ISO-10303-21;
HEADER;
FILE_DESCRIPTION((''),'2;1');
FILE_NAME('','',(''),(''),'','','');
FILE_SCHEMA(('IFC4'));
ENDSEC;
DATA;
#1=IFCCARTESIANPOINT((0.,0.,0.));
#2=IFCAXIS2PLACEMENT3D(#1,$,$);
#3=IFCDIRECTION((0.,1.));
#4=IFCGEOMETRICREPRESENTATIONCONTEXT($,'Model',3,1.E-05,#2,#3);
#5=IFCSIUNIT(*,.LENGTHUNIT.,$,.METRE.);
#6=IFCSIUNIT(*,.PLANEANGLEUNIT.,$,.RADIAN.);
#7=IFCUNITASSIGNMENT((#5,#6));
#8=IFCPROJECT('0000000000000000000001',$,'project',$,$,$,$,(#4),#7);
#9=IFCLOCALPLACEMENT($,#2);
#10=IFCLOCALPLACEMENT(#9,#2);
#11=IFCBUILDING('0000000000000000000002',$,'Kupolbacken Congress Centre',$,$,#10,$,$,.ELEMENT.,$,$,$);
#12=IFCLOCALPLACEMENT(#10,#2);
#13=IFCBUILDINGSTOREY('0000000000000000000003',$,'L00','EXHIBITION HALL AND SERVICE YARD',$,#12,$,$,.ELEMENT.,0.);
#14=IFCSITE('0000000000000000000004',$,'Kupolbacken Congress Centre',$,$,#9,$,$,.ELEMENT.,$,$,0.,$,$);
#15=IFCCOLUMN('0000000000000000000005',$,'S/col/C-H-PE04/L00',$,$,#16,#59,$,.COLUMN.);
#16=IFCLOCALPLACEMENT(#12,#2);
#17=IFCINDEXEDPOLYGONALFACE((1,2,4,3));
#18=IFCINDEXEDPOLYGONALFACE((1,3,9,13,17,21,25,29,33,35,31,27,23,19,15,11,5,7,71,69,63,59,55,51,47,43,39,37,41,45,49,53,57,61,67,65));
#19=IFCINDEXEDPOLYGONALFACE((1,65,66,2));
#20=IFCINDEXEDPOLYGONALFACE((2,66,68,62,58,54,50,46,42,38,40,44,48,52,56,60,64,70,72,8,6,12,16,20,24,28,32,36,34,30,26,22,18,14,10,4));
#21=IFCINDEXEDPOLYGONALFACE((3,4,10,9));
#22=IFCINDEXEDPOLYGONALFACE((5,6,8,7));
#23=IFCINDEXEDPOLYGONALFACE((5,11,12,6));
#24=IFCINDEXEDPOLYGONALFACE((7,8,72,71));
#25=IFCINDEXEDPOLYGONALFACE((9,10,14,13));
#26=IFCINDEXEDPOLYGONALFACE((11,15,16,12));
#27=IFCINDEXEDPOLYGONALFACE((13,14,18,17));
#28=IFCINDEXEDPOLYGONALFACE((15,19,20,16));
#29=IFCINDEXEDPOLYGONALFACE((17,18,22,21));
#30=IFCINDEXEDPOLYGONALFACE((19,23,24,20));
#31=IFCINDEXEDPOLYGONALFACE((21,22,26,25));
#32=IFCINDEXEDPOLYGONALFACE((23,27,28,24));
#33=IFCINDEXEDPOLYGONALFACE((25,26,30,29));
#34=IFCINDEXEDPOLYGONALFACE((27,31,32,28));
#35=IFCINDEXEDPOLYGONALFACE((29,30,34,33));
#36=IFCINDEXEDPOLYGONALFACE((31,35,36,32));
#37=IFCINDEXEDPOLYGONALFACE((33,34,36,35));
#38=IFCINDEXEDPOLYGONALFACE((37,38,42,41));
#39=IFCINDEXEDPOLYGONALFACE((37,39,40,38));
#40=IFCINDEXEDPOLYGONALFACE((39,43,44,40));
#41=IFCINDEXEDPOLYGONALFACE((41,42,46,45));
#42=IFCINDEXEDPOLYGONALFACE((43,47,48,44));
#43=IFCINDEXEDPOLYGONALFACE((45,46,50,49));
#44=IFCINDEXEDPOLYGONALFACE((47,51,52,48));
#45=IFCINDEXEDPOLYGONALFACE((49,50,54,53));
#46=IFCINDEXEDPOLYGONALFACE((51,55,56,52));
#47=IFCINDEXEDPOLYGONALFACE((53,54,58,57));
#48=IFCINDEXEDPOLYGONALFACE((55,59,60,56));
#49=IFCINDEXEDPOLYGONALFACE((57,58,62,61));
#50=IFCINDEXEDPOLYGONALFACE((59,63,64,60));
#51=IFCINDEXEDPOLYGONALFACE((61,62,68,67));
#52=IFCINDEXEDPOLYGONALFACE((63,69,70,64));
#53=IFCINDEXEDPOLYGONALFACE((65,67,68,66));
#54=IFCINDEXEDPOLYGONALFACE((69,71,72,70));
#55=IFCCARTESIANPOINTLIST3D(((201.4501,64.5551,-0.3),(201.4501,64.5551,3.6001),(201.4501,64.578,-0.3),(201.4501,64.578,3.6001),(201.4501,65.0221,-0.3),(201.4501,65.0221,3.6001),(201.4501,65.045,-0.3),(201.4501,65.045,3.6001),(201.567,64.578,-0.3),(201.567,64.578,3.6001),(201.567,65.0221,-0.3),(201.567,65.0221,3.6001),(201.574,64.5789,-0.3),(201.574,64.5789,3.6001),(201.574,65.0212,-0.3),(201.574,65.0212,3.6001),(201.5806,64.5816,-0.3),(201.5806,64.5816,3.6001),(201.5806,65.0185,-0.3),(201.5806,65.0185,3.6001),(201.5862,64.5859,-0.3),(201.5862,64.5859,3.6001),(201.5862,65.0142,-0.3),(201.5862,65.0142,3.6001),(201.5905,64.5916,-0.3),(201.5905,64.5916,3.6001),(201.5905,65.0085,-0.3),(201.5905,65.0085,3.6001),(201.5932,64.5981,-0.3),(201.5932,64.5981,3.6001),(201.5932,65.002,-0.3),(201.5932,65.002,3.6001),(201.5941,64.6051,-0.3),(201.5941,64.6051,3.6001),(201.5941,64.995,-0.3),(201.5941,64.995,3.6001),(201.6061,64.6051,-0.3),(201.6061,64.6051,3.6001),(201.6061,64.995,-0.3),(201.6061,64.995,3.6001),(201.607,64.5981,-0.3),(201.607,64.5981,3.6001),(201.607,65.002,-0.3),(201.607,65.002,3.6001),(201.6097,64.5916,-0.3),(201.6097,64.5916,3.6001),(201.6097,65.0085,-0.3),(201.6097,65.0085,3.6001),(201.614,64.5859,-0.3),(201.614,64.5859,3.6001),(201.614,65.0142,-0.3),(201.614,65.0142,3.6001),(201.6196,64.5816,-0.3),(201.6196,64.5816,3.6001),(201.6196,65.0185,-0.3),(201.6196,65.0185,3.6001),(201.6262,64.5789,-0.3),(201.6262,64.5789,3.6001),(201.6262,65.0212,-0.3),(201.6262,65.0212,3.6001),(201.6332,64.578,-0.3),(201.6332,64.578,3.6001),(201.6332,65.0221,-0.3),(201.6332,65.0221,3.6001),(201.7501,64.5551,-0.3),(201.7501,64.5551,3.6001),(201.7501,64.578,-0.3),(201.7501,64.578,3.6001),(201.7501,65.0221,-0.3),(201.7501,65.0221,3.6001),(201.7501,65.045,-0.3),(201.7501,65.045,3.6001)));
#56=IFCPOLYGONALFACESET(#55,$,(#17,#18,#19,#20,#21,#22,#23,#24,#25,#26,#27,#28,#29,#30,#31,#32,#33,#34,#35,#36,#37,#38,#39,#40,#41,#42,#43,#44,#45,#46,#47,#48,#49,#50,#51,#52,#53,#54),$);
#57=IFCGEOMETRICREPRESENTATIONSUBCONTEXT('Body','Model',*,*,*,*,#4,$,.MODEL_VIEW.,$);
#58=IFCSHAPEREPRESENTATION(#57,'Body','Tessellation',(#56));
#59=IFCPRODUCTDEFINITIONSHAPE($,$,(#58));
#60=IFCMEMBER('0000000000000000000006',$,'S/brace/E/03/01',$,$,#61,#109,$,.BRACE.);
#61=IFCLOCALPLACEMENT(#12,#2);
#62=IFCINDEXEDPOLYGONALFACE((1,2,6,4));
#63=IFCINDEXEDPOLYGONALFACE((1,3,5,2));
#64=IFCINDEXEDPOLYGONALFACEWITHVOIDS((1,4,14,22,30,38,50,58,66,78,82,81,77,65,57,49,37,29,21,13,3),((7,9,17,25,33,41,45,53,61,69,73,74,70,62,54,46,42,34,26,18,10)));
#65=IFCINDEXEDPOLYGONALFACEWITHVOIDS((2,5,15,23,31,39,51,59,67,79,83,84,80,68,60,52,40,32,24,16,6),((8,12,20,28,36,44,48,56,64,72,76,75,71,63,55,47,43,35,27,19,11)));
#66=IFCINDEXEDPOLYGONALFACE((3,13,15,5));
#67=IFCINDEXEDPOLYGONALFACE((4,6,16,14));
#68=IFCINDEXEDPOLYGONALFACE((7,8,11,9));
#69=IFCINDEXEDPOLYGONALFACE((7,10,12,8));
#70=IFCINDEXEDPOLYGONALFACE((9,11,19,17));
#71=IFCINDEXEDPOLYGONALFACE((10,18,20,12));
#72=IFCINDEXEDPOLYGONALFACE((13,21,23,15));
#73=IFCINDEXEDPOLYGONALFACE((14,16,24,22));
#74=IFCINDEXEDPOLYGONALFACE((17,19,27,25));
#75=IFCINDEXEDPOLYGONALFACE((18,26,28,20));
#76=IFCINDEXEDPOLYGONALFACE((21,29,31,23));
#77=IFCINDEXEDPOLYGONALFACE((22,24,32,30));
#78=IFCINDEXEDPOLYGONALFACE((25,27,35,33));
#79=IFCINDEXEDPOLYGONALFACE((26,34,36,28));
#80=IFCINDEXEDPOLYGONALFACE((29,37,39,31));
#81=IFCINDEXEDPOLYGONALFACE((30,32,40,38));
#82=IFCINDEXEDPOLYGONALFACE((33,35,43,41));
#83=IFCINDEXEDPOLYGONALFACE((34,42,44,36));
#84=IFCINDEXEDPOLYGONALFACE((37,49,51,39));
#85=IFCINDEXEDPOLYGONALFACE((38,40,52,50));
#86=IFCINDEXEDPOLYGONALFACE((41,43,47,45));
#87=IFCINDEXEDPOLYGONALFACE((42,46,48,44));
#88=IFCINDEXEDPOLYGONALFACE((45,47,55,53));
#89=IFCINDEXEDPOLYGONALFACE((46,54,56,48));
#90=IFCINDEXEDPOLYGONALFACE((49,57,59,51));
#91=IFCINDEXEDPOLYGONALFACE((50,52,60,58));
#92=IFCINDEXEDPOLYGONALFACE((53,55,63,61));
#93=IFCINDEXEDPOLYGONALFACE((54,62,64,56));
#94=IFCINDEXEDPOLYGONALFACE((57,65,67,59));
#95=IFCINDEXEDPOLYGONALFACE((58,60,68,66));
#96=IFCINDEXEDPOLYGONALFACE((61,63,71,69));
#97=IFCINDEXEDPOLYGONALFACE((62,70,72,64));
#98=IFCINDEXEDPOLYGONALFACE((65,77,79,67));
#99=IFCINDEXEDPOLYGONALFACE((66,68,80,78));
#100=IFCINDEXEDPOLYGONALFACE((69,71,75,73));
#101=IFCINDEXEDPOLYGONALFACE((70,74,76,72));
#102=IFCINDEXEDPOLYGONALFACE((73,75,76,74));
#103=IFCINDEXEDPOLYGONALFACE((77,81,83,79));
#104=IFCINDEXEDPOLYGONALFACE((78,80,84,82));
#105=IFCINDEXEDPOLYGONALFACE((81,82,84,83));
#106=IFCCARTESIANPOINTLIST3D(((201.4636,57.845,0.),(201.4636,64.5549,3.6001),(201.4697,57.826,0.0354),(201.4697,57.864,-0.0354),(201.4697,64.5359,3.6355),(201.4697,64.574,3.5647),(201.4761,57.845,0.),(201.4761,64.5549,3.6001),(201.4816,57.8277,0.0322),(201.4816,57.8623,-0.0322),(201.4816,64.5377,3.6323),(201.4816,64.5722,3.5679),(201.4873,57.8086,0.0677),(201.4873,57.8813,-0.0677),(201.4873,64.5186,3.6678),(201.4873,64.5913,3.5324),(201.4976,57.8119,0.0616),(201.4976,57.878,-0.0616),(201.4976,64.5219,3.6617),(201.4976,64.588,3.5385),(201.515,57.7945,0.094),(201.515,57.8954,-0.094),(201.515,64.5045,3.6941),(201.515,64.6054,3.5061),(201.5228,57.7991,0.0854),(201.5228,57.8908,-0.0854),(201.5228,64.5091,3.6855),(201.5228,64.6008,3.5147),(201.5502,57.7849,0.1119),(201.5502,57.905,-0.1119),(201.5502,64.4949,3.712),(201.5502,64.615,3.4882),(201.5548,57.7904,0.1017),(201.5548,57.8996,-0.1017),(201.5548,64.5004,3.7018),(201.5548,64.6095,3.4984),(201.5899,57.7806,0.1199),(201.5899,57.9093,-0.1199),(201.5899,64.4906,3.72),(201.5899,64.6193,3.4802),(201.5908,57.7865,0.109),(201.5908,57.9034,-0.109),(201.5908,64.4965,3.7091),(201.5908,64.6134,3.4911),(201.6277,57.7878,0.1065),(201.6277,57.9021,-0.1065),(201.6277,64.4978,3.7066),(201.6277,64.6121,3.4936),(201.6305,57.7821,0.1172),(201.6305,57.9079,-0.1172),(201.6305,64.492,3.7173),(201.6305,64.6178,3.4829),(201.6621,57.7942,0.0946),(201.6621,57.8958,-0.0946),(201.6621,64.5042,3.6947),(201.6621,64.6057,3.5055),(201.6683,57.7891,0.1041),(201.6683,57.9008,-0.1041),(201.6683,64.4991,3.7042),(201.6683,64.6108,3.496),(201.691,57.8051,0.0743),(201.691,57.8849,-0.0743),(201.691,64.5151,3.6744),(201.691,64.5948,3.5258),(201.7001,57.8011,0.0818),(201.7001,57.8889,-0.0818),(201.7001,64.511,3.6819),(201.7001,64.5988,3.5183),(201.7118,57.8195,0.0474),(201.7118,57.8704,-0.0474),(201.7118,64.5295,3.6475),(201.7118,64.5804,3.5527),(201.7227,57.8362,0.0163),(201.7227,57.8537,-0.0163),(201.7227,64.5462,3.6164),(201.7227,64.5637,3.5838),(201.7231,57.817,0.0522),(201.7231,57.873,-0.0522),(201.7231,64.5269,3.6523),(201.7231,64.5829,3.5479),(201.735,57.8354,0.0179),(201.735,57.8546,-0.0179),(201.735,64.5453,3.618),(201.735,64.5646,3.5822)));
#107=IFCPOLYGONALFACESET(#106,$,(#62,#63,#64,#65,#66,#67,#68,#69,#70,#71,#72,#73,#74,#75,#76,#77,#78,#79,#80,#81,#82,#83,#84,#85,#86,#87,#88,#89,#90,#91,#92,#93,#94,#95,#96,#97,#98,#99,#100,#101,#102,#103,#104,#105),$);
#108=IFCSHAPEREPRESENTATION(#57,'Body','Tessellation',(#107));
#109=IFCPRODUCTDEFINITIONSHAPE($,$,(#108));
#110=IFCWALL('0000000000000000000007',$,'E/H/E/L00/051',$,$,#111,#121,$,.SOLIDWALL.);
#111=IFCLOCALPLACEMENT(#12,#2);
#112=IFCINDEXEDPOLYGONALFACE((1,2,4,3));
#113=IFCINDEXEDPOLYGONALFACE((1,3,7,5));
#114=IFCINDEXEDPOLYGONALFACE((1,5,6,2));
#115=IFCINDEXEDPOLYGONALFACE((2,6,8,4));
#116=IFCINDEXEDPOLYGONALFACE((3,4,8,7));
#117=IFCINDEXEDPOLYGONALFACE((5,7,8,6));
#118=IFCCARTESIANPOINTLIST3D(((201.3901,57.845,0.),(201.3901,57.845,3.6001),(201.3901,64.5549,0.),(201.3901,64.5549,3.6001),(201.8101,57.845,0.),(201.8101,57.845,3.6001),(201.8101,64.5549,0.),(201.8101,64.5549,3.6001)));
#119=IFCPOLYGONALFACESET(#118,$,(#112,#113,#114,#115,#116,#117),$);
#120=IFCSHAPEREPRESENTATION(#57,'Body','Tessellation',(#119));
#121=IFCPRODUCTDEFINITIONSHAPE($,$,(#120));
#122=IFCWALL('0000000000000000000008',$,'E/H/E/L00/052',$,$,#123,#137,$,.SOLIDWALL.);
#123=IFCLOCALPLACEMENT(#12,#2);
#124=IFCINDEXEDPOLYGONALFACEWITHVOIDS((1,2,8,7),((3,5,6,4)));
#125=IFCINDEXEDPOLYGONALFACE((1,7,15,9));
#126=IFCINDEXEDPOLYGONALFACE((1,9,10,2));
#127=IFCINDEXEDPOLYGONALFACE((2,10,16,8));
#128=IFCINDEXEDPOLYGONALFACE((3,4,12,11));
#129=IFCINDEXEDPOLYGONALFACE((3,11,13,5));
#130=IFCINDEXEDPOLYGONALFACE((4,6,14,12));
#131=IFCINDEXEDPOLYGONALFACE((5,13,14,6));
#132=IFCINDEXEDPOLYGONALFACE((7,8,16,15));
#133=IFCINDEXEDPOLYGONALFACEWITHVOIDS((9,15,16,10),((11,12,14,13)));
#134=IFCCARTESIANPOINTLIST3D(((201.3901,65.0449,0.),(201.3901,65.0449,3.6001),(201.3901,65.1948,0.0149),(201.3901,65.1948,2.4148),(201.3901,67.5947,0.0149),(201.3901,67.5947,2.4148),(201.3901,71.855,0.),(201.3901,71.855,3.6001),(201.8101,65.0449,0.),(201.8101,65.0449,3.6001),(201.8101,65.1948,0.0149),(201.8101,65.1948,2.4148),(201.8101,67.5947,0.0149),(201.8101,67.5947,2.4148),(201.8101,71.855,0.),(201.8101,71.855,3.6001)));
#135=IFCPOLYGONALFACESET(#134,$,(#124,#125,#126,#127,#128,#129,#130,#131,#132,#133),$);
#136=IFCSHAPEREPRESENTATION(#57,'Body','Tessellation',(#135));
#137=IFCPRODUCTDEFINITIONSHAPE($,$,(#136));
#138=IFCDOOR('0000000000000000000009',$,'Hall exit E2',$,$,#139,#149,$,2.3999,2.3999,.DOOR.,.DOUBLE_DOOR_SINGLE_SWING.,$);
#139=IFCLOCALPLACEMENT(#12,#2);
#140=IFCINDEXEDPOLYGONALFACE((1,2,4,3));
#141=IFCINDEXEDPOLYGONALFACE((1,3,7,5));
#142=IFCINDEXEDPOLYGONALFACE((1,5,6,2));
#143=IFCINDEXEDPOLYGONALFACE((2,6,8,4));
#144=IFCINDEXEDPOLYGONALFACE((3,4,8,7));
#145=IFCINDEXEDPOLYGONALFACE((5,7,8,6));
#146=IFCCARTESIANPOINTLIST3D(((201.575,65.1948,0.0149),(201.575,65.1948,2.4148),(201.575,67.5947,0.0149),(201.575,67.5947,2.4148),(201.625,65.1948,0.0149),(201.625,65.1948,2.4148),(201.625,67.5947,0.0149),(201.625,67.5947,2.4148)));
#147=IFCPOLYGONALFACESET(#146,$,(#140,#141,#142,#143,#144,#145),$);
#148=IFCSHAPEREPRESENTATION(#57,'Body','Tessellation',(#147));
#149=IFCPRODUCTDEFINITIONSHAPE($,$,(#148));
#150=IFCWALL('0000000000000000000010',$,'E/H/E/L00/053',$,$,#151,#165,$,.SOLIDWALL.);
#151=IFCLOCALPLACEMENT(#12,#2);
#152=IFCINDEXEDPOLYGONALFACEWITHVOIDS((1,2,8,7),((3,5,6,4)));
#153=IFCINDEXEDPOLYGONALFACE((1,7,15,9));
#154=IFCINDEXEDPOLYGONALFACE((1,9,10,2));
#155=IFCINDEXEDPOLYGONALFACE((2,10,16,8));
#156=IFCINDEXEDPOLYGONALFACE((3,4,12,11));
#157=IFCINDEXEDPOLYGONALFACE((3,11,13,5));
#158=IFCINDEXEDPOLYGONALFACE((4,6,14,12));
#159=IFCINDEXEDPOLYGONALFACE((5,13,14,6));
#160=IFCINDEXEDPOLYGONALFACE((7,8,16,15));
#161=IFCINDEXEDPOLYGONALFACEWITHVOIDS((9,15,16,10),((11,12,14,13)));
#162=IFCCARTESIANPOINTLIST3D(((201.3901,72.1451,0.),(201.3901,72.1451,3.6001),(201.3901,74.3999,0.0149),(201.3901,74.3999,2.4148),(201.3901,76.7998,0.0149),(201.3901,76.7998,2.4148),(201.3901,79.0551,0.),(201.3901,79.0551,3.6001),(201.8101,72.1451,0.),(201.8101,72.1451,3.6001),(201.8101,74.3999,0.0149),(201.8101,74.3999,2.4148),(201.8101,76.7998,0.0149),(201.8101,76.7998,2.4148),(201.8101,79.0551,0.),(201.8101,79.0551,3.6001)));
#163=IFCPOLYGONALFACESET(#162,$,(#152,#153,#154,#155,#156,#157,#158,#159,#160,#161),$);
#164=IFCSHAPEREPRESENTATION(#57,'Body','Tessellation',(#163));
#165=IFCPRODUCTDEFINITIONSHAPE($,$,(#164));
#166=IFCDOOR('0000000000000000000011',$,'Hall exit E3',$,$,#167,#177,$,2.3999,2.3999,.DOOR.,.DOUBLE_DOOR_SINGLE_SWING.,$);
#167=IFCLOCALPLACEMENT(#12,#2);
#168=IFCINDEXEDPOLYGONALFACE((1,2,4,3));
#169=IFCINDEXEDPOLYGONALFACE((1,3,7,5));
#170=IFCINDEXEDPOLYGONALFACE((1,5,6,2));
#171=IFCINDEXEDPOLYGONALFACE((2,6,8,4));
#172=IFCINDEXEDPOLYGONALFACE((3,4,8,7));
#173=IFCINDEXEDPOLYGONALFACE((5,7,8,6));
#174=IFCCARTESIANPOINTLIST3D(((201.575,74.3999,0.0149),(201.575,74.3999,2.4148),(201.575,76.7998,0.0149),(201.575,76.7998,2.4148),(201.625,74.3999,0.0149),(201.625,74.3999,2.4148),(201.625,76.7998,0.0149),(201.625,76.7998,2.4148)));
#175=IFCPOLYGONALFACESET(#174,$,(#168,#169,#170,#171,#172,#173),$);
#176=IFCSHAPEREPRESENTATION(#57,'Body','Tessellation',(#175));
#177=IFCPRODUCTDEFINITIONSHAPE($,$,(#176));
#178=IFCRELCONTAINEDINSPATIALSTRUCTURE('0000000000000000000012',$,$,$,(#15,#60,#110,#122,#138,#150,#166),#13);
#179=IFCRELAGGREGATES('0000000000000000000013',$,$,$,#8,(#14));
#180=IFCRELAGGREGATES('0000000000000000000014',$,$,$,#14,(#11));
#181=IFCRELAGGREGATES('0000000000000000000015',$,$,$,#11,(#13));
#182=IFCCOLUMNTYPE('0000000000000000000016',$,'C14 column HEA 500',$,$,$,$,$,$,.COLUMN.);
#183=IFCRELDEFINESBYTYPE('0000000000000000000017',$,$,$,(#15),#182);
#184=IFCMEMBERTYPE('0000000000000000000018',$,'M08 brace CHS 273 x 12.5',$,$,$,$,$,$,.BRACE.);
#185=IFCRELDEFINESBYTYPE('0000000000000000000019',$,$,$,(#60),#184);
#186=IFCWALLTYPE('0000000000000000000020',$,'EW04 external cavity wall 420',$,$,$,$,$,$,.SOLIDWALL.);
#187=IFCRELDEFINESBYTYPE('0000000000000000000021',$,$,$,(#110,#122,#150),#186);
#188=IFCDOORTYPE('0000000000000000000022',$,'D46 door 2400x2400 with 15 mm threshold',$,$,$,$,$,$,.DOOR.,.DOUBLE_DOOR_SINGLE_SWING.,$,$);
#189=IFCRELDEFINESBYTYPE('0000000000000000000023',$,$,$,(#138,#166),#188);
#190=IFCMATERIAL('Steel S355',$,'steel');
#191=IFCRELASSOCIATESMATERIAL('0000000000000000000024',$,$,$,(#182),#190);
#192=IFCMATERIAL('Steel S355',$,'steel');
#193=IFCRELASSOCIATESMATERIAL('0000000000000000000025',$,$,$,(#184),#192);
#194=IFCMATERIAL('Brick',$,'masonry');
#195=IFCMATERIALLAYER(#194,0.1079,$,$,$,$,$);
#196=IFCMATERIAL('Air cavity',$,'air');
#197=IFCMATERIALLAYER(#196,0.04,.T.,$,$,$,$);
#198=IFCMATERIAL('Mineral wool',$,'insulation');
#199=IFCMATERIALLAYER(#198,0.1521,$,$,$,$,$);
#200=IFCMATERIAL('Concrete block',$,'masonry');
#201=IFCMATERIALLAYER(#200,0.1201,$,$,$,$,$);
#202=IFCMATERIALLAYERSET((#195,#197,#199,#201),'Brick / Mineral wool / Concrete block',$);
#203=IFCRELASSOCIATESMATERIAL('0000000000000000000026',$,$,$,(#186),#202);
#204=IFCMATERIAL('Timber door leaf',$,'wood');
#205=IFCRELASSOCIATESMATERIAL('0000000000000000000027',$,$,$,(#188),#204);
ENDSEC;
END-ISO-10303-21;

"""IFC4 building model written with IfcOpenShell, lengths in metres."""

from ifc_helpers import new_model, si_unit, direction, frame, frame_2d, origin, origin_2d, place, context, subcontext, project, spatial, rectangle, hollow_circle, i_section, extrude, material, layer, layer_set, material_profile, profile_set, type_object, element, fill, save


model = new_model("IFC4")

# Units and contexts
model_context = context("Model", 3, precision=1e-05, world=origin(), true_north=direction((0.0, 1.0)))
body_context = subcontext(model_context, "Body", "Model", "MODEL_VIEW")
ifc_project = project(units=[si_unit("LENGTHUNIT", "METRE"), si_unit("PLANEANGLEUNIT", "RADIAN")], contexts=[model_context])

# Site, building, storey
site_placement = place(None, origin())
site = spatial("IfcSite", under=ifc_project, at=site_placement, Name="Kupolbacken Congress Centre", CompositionType="ELEMENT", RefElevation=0.0)
building_placement = place(site_placement, origin())
building = spatial("IfcBuilding", under=site, at=building_placement, Name="Kupolbacken Congress Centre", CompositionType="ELEMENT")
storey_placement = place(building_placement, origin())
storey = spatial("IfcBuildingStorey", under=building, at=storey_placement, Name="L00", Description="EXHIBITION HALL AND SERVICE YARD", CompositionType="ELEMENT", Elevation=0.0)

# Column
ifc_material_1 = material(Name="Steel S355", Category="steel")
ifc_material_profile_1 = material_profile(ifc_material_1, i_section(OverallWidth=0.3, OverallDepth=0.49, WebThickness=0.012, FlangeThickness=0.0229, FilletRadius=0.0271, at=origin_2d()), Name="HEA 500")
ifc_profile_set_1 = profile_set([ifc_material_profile_1], Name="Steel S355")
column_type_1 = type_object("IfcColumnType", Name="C14 column HEA 500", PredefinedType="COLUMN", material=ifc_profile_set_1)
column_placement = place(storey_placement, frame((201.6001, 64.8, -0.3), z_axis=(0.0, 0.0, 1.0), x_axis=(1.0, 0.0, 0.0)))
element("IfcColumn", 1, at=column_placement, inside=storey, type_object=column_type_1, Name="S/col/C-H-PE04/L00", PredefinedType="COLUMN", context=body_context, shape_type="SweptSolid", body=[
    extrude(i_section(OverallWidth=0.3, OverallDepth=0.49, WebThickness=0.012, FlangeThickness=0.0229, FilletRadius=0.0271, at=origin_2d()), origin(), (0.0, 0.0, 1.0), 3.9001),
])

# Member
ifc_material_2 = material(Name="Steel S355", Category="steel")
ifc_material_profile_2 = material_profile(ifc_material_2, hollow_circle(Radius=0.1365, WallThickness=0.0125, at=origin_2d()), Name="CHS 273 x 12.5")
ifc_profile_set_2 = profile_set([ifc_material_profile_2], Name="Steel S355")
member_type = type_object("IfcMemberType", Name="M08 brace CHS 273 x 12.5", PredefinedType="BRACE", material=ifc_profile_set_2)
member_placement = place(storey_placement, frame((201.6001, 57.845, 0.0), z_axis=(0.0, 0.88118, 0.47278), x_axis=(-1.0, 0.0, 0.0)))
element("IfcMember", 2, at=member_placement, inside=storey, type_object=member_type, Name="S/brace/E/03/01", PredefinedType="BRACE", context=body_context, shape_type="SweptSolid", body=[
    extrude(hollow_circle(Radius=0.1365, WallThickness=0.0125, at=origin_2d()), origin(), (0.0, 0.0, 1.0), 7.6147),
])

# Wall
ifc_material_3 = material(Name="Brick", Category="masonry")
ifc_layer_1 = layer(ifc_material_3, 0.1079)
ifc_material_4 = material(Name="Air cavity", Category="air")
ifc_layer_2 = layer(ifc_material_4, 0.04, ventilated=True)
ifc_material_5 = material(Name="Mineral wool", Category="insulation")
ifc_layer_3 = layer(ifc_material_5, 0.1521)
ifc_material_6 = material(Name="Concrete block", Category="masonry")
ifc_layer_4 = layer(ifc_material_6, 0.1201)
ifc_layer_set_1 = layer_set([ifc_layer_1, ifc_layer_2, ifc_layer_3, ifc_layer_4], Name="Brick / Mineral wool / Concrete block")
wall_type = type_object("IfcWallType", Name="EW04 external cavity wall 420", PredefinedType="SOLIDWALL", material=ifc_layer_set_1)
wall_1_placement = place(storey_placement, frame((201.6001, 57.845, 0.0), z_axis=(0.0, 0.0, 1.0), x_axis=(0.0, 1.0, 0.0)))
element("IfcWall", 3, at=wall_1_placement, inside=storey, type_object=wall_type, Name="E/H/E/L00/051", PredefinedType="SOLIDWALL", context=body_context, shape_type="SweptSolid", body=[
    extrude(rectangle(XDim=6.71, YDim=0.4199, at=frame_2d((3.355, 0.0))), origin(), (0.0, 0.0, 1.0), 3.6001),
])

# Walls, openings, doors
wall_2_placement = place(storey_placement, frame((201.6001, 65.0449, 0.0), z_axis=(0.0, 0.0, 1.0), x_axis=(0.0, 1.0, 0.0)))
wall_2 = element("IfcWall", 4, at=wall_2_placement, inside=storey, type_object=wall_type, Name="E/H/E/L00/052", PredefinedType="SOLIDWALL", context=body_context, shape_type="SweptSolid", body=[
    extrude(rectangle(XDim=6.8101, YDim=0.4199, at=frame_2d((3.405, 0.0))), origin(), (0.0, 0.0, 1.0), 3.6001),
])
opening_1_placement = place(wall_2_placement, frame((0.1499, 0.0, 0.0149)))
opening_1 = element("IfcOpeningElement", 5, at=opening_1_placement, cuts=wall_2, PredefinedType="OPENING", context=body_context, shape_type="SweptSolid", body=[
    extrude(rectangle(XDim=2.3999, YDim=2.3999, at=frame_2d((1.2, 1.2))), frame((0.0, 0.22, 0.0), z_axis=(0.0, -1.0, 0.0), x_axis=(1.0, 0.0, 0.0)), (0.0, 0.0, 1.0), 0.4399),
])
ifc_material_7 = material(Name="Timber door leaf", Category="wood")
door_type = type_object("IfcDoorType", Name="D46 door 2400x2400 with 15 mm threshold", OperationType="DOUBLE_DOOR_SINGLE_SWING", PredefinedType="DOOR", material=ifc_material_7)
door_1_placement = place(opening_1_placement, frame((2.3999, 0.0, 0.0), z_axis=(0.0, 0.0, 1.0), x_axis=(-1.0, 0.0, 0.0)))
door_1 = element("IfcDoor", 6, at=door_1_placement, inside=storey, type_object=door_type, Name="Hall exit E2", OperationType="DOUBLE_DOOR_SINGLE_SWING", OverallHeight=2.3999, OverallWidth=2.3999, PredefinedType="DOOR", context=body_context, shape_type="SweptSolid", body=[
    extrude(rectangle(XDim=2.3999, YDim=2.3999, at=frame_2d((1.2, 1.2))), frame((0.0, 0.0249, 0.0), z_axis=(0.0, -1.0, 0.0), x_axis=(1.0, 0.0, 0.0)), (0.0, 0.0, 1.0), 0.05),
])
fill(opening_1, door_1)
wall_3_placement = place(storey_placement, frame((201.6001, 72.145, 0.0), z_axis=(0.0, 0.0, 1.0), x_axis=(0.0, 1.0, 0.0)))
wall_3 = element("IfcWall", 7, at=wall_3_placement, inside=storey, type_object=wall_type, Name="E/H/E/L00/053", PredefinedType="SOLIDWALL", context=body_context, shape_type="SweptSolid", body=[
    extrude(rectangle(XDim=6.9099, YDim=0.4199, at=frame_2d((3.4551, 0.0))), origin(), (0.0, 0.0, 1.0), 3.6001),
])
opening_2_placement = place(wall_3_placement, frame((2.2549, 0.0, 0.0149)))
opening_2 = element("IfcOpeningElement", 8, at=opening_2_placement, cuts=wall_3, PredefinedType="OPENING", context=body_context, shape_type="SweptSolid", body=[
    extrude(rectangle(XDim=2.3999, YDim=2.3999, at=frame_2d((1.2, 1.2))), frame((0.0, 0.22, 0.0), z_axis=(0.0, -1.0, 0.0), x_axis=(1.0, 0.0, 0.0)), (0.0, 0.0, 1.0), 0.4399),
])
door_2_placement = place(opening_2_placement, frame((2.3999, 0.0, 0.0), z_axis=(0.0, 0.0, 1.0), x_axis=(-1.0, 0.0, 0.0)))
door_2 = element("IfcDoor", 9, at=door_2_placement, inside=storey, type_object=door_type, Name="Hall exit E3", OperationType="DOUBLE_DOOR_SINGLE_SWING", OverallHeight=2.3999, OverallWidth=2.3999, PredefinedType="DOOR", context=body_context, shape_type="SweptSolid", body=[
    extrude(rectangle(XDim=2.3999, YDim=2.3999, at=frame_2d((1.2, 1.2))), frame((0.0, 0.0249, 0.0), z_axis=(0.0, -1.0, 0.0), x_axis=(1.0, 0.0, 0.0)), (0.0, 0.0, 1.0), 0.05),
])
fill(opening_2, door_2)

save(model, "model.ifc")
